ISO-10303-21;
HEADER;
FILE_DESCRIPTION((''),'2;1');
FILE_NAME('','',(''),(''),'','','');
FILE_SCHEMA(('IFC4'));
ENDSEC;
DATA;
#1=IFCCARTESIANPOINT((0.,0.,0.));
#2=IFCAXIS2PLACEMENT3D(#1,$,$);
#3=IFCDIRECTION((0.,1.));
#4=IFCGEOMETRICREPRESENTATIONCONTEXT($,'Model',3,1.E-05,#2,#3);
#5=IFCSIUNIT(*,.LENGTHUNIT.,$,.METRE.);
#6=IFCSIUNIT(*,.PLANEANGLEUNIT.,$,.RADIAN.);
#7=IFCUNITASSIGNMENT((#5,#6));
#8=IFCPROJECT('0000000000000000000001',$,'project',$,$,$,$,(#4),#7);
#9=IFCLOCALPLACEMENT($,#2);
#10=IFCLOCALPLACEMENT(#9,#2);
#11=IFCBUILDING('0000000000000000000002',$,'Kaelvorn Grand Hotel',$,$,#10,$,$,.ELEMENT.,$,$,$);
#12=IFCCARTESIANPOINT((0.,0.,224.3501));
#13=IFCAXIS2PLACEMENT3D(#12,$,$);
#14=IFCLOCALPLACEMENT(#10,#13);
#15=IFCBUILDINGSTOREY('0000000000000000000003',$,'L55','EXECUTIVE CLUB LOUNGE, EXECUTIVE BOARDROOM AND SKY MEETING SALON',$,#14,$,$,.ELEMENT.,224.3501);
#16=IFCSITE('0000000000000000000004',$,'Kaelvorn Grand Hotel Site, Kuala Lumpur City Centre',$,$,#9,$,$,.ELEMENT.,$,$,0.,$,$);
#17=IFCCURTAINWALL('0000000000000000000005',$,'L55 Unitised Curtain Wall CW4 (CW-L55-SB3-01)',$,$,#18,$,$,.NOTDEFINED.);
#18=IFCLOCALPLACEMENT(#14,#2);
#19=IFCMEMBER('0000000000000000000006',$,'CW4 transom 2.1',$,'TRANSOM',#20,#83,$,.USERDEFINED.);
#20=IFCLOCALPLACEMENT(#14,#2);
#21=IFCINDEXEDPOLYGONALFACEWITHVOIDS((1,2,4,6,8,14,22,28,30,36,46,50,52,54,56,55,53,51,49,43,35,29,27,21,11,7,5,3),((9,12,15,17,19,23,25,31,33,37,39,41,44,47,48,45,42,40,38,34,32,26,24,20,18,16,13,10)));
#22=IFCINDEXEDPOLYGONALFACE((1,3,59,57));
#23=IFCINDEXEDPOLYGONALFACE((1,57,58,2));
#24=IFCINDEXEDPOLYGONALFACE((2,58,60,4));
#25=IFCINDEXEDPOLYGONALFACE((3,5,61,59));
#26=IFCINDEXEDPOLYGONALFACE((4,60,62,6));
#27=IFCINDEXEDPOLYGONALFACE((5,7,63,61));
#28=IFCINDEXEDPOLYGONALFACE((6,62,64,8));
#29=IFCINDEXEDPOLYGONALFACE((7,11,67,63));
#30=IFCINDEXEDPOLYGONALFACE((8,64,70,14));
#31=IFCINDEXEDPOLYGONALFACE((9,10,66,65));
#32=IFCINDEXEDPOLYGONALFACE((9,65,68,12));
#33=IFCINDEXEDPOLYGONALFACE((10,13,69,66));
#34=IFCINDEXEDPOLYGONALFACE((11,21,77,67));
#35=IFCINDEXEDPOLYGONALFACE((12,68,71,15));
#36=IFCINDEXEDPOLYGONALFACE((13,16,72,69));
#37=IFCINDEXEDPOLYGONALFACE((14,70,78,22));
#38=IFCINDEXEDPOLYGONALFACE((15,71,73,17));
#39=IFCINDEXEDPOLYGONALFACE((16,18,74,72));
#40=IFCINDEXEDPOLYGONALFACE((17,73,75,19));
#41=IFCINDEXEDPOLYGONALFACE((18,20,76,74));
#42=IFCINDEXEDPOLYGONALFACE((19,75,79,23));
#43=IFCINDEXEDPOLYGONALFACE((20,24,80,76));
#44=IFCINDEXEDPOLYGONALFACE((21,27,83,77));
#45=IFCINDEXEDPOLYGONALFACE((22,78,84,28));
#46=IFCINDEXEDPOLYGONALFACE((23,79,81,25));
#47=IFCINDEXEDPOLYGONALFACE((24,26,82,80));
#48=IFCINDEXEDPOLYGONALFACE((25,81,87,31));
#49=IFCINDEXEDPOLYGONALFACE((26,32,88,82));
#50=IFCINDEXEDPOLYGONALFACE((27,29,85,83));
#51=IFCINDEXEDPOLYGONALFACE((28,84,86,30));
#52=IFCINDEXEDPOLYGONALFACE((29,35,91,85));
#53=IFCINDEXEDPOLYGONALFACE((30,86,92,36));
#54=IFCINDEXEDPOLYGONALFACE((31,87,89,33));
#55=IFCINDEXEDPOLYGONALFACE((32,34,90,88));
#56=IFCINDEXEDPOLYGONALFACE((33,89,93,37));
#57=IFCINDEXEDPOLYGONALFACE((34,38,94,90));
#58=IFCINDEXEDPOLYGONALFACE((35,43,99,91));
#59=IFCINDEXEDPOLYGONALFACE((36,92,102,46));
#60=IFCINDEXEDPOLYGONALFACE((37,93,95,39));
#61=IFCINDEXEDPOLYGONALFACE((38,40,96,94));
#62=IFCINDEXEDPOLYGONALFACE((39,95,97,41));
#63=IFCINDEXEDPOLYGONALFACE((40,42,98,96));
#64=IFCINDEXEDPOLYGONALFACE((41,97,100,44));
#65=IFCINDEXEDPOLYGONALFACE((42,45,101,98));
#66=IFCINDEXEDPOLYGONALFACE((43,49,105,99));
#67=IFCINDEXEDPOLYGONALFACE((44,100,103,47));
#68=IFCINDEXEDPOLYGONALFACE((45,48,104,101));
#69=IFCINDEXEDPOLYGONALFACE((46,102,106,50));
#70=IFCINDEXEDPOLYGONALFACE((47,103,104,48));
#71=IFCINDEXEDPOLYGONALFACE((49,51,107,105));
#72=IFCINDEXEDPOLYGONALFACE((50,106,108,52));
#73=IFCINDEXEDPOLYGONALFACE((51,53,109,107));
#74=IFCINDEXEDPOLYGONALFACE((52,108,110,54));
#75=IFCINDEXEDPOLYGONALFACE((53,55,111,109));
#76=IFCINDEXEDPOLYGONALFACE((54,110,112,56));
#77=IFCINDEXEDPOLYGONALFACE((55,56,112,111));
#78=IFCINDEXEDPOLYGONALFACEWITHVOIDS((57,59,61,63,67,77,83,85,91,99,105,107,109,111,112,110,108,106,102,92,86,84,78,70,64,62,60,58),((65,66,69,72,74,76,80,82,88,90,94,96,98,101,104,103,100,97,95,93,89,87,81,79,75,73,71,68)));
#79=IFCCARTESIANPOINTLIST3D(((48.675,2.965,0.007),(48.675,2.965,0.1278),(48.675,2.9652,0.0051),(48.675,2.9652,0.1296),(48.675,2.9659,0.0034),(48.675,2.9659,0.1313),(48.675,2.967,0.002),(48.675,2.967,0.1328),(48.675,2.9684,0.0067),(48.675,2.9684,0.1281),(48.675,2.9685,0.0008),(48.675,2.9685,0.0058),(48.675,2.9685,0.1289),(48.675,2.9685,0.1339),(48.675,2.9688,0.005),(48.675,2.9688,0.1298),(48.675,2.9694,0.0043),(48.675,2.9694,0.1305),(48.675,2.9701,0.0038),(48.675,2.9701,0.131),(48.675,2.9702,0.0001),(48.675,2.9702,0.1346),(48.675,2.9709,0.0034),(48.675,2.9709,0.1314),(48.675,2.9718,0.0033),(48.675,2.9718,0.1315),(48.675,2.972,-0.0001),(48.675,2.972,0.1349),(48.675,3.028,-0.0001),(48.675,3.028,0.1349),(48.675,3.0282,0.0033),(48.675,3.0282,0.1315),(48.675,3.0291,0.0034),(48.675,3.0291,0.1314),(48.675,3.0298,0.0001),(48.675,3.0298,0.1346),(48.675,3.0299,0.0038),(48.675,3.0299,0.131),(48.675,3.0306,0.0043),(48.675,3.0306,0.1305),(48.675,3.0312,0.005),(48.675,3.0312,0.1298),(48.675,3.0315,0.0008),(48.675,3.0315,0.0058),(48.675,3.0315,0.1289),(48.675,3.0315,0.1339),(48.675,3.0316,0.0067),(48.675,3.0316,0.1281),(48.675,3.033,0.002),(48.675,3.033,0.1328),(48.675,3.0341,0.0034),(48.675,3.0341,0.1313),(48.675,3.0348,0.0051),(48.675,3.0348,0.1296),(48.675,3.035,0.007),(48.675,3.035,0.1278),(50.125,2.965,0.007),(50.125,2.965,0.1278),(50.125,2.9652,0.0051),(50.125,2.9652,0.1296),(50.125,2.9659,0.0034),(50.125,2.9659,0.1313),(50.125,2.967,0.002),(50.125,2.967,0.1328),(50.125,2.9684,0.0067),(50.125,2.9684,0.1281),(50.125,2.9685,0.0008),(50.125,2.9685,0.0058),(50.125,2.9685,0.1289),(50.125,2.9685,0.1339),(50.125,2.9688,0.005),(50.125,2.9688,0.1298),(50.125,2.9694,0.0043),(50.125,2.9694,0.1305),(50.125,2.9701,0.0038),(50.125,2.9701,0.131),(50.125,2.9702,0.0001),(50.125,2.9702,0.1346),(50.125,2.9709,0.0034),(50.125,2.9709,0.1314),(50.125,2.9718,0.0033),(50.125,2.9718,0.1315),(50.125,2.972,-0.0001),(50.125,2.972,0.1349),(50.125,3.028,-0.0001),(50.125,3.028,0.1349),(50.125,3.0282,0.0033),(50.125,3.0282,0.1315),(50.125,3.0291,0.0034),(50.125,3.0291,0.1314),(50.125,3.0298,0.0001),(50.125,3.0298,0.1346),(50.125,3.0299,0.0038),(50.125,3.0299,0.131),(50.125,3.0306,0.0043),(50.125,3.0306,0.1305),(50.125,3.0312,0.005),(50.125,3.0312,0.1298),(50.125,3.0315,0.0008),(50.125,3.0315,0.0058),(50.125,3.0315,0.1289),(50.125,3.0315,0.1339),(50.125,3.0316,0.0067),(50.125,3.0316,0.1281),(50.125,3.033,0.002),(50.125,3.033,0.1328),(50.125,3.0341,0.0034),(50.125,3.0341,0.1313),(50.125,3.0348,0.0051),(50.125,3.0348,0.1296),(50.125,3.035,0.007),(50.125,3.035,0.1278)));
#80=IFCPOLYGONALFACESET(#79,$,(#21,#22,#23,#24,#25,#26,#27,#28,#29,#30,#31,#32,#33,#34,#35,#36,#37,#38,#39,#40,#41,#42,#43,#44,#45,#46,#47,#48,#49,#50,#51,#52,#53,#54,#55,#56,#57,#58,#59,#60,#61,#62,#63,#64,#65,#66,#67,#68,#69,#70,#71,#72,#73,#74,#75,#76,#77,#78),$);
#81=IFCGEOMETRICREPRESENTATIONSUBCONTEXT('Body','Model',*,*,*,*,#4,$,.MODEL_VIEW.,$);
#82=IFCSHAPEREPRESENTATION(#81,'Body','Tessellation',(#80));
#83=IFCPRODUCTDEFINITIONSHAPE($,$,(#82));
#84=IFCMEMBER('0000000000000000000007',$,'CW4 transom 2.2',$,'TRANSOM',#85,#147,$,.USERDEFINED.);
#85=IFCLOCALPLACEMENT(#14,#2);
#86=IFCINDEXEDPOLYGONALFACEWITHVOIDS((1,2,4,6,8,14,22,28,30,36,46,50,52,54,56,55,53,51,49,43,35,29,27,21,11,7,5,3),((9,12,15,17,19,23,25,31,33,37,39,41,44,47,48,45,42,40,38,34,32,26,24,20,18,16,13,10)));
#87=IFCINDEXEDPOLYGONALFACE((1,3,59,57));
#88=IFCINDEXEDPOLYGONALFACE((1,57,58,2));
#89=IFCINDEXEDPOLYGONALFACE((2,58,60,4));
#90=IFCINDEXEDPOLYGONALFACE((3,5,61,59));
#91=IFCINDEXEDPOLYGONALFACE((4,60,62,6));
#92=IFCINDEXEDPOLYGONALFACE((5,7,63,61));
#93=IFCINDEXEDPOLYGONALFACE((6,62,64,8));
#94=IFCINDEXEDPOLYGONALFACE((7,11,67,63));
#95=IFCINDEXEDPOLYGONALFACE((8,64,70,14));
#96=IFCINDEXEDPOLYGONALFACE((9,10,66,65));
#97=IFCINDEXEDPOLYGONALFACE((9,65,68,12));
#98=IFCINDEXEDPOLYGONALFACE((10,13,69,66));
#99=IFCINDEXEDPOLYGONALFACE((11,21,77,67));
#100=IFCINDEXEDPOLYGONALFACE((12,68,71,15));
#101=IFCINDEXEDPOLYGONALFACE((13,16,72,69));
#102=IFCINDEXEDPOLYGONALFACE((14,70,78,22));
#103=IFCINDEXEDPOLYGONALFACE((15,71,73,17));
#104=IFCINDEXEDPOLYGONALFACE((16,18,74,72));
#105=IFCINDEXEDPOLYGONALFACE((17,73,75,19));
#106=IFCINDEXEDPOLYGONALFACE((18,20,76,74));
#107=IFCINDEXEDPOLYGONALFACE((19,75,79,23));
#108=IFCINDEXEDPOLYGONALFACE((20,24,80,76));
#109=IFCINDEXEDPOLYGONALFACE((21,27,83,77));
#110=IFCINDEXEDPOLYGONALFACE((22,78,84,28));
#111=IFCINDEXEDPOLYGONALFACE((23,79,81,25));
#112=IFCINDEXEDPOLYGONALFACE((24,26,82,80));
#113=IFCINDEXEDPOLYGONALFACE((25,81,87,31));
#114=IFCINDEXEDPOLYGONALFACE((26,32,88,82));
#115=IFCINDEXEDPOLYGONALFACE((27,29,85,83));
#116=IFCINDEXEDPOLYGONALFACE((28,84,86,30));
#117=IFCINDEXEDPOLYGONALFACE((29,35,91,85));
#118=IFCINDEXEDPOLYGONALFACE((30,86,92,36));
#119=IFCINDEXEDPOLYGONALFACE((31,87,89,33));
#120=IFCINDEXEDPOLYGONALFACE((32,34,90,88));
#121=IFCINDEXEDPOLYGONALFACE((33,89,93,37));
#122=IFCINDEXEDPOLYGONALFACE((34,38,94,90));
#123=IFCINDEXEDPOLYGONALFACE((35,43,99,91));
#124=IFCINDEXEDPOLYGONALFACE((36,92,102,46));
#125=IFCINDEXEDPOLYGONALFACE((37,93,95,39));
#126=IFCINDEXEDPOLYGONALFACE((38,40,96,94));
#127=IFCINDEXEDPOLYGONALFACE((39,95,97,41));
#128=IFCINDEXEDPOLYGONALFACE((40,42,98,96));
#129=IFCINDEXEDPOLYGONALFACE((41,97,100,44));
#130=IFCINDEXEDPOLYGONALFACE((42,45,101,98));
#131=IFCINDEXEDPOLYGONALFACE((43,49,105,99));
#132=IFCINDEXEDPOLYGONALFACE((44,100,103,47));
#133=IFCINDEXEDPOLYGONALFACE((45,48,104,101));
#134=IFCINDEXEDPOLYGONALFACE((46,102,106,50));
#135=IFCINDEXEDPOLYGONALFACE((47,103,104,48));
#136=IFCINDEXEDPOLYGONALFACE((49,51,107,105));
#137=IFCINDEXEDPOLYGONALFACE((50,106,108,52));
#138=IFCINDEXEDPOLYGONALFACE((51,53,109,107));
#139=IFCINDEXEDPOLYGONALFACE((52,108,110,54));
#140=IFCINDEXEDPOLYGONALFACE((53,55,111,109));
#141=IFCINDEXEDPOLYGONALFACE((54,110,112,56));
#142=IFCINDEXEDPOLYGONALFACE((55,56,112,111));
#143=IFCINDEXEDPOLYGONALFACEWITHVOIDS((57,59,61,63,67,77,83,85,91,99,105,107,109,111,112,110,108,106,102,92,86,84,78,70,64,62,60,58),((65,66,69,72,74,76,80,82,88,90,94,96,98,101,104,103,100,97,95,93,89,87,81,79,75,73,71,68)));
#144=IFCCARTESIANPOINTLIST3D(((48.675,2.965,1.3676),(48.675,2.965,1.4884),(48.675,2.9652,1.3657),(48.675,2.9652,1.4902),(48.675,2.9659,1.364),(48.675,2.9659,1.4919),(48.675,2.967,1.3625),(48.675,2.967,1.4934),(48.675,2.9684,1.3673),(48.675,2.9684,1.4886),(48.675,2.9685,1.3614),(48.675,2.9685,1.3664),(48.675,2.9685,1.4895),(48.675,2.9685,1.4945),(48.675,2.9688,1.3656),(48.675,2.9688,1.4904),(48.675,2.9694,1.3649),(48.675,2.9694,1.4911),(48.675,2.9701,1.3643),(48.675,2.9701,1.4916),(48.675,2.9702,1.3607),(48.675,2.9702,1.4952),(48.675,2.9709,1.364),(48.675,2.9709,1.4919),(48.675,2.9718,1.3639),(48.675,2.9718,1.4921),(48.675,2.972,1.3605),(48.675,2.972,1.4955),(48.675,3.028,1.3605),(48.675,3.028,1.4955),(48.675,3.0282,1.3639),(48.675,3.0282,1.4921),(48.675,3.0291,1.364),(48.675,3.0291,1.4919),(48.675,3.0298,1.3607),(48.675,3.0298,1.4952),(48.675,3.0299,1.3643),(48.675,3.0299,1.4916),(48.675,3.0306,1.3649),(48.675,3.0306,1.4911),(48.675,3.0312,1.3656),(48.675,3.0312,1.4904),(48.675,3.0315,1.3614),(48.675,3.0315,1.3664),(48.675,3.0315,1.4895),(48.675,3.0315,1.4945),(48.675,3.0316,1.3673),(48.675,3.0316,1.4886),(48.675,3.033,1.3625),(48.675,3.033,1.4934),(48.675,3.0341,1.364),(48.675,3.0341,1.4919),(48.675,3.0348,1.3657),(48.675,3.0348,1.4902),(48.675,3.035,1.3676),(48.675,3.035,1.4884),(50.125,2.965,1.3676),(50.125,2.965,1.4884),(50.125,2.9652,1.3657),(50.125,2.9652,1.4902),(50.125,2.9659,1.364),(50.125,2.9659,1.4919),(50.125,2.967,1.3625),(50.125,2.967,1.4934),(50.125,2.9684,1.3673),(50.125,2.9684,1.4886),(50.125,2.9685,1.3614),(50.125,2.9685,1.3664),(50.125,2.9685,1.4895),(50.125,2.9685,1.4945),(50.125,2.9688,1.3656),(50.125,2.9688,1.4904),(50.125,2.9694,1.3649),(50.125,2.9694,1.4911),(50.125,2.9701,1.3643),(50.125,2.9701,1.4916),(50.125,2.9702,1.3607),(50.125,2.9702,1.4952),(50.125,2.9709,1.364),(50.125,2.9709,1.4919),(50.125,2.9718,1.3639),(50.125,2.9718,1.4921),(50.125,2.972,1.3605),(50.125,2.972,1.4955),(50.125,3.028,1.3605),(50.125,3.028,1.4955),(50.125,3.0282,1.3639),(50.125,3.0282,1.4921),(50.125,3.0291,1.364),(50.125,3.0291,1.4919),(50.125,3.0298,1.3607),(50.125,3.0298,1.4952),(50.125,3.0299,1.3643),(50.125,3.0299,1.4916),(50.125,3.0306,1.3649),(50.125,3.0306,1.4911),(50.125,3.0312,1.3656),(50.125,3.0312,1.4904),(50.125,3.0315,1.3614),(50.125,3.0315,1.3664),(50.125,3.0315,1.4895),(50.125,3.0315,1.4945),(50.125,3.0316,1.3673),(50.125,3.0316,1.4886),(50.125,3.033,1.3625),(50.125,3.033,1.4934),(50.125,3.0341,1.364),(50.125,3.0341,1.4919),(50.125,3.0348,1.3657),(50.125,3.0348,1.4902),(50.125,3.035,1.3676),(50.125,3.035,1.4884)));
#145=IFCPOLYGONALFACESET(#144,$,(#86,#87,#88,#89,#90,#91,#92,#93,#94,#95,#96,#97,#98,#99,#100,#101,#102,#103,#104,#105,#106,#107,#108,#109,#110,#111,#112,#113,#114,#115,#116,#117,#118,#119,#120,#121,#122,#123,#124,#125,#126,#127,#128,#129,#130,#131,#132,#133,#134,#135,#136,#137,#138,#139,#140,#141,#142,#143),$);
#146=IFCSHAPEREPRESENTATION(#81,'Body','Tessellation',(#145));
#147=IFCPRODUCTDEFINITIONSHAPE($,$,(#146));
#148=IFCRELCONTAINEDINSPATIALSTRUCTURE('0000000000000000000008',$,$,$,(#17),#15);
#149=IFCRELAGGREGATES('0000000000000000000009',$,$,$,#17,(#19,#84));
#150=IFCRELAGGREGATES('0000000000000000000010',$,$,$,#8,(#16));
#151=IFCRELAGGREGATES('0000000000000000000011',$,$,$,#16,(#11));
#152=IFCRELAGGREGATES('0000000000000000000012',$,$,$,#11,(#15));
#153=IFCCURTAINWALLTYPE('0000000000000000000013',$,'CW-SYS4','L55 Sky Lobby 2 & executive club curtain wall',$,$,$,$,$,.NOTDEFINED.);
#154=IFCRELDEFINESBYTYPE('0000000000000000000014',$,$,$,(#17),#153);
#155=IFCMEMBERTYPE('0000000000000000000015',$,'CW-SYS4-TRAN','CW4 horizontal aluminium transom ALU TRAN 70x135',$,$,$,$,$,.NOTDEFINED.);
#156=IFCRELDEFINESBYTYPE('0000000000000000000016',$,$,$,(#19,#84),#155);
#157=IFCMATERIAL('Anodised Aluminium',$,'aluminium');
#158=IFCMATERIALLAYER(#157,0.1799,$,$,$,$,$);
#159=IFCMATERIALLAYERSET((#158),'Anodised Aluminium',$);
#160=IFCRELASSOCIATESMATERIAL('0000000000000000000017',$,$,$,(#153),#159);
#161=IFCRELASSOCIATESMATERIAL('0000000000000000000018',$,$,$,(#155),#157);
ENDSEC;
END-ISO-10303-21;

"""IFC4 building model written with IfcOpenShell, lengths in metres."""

from ifc_helpers import new_model, si_unit, direction, frame, origin, origin_2d, place, context, subcontext, project, spatial, hollow_rectangle, extrude, material, layer, layer_set, material_profile, profile_set, type_object, element, aggregate, save


model = new_model("IFC4")

# Units and contexts
model_context = context("Model", 3, precision=1e-05, world=origin(), true_north=direction((0.0, 1.0)))
body_context = subcontext(model_context, "Body", "Model", "MODEL_VIEW")
ifc_project = project(units=[si_unit("LENGTHUNIT", "METRE"), si_unit("PLANEANGLEUNIT", "RADIAN")], contexts=[model_context])

# Site, building, storey
site_placement = place(None, origin())
site = spatial("IfcSite", under=ifc_project, at=site_placement, Name="Kaelvorn Grand Hotel Site, Kuala Lumpur City Centre", CompositionType="ELEMENT", RefElevation=0.0)
building_placement = place(site_placement, origin())
building = spatial("IfcBuilding", under=site, at=building_placement, Name="Kaelvorn Grand Hotel", CompositionType="ELEMENT")
storey_placement = place(building_placement, frame((0.0, 0.0, 224.3501)))
storey = spatial("IfcBuildingStorey", under=building, at=storey_placement, Name="L55", Description="EXECUTIVE CLUB LOUNGE, EXECUTIVE BOARDROOM AND SKY MEETING SALON", CompositionType="ELEMENT", Elevation=224.3501)

# Curtain wall
ifc_material_1 = material(Name="Anodised Aluminium", Category="aluminium")
ifc_layer_1 = layer(ifc_material_1, 0.1799)
ifc_layer_set_1 = layer_set([ifc_layer_1], Name="Anodised Aluminium")
curtain_wall_type = type_object("IfcCurtainWallType", Name="CW-SYS4", Description="L55 Sky Lobby 2 & executive club curtain wall", PredefinedType="NOTDEFINED", material=ifc_layer_set_1)
curtain_wall_1_placement = place(storey_placement, origin())
curtain_wall_1 = element("IfcCurtainWall", 1, at=curtain_wall_1_placement, inside=storey, type_object=curtain_wall_type, Name="L55 Unitised Curtain Wall CW4 (CW-L55-SB3-01)", PredefinedType="NOTDEFINED")

# Members
ifc_material_profile_1 = material_profile(ifc_material_1, hollow_rectangle(XDim=0.0701, YDim=0.135, WallThickness=0.0034, InnerFilletRadius=0.0034, OuterFilletRadius=0.0071, at=origin_2d()), Name="ALU TRAN 70x135")
ifc_profile_set_1 = profile_set([ifc_material_profile_1], Name="Anodised Aluminium")
member_type_1 = type_object("IfcMemberType", Name="CW-SYS4-TRAN", Description="CW4 horizontal aluminium transom ALU TRAN 70x135", PredefinedType="NOTDEFINED", material=ifc_profile_set_1)
member_1_placement = place(storey_placement, frame((48.675, 3.0, 0.0674), z_axis=(1.0, 0.0, 0.0), x_axis=(0.0, 1.0, 0.0)))
member_1 = element("IfcMember", 2, at=member_1_placement, type_object=member_type_1, Name="CW4 transom 2.1", ObjectType="TRANSOM", PredefinedType="USERDEFINED", context=body_context, shape_type="SweptSolid", body=[
    extrude(hollow_rectangle(XDim=0.0701, YDim=0.135, WallThickness=0.0034, InnerFilletRadius=0.0034, OuterFilletRadius=0.0071, at=origin_2d()), origin(), (0.0, 0.0, 1.0), 1.45),
])
member_2_placement = place(storey_placement, frame((48.675, 3.0, 1.428), z_axis=(1.0, 0.0, 0.0), x_axis=(0.0, 1.0, 0.0)))
member_2 = element("IfcMember", 3, at=member_2_placement, type_object=member_type_1, Name="CW4 transom 2.2", ObjectType="TRANSOM", PredefinedType="USERDEFINED", context=body_context, shape_type="SweptSolid", body=[
    extrude(hollow_rectangle(XDim=0.0701, YDim=0.135, WallThickness=0.0034, InnerFilletRadius=0.0034, OuterFilletRadius=0.0071, at=origin_2d()), origin(), (0.0, 0.0, 1.0), 1.45),
])

aggregate(curtain_wall_1, [member_1, member_2])

save(model, "model.ifc")
